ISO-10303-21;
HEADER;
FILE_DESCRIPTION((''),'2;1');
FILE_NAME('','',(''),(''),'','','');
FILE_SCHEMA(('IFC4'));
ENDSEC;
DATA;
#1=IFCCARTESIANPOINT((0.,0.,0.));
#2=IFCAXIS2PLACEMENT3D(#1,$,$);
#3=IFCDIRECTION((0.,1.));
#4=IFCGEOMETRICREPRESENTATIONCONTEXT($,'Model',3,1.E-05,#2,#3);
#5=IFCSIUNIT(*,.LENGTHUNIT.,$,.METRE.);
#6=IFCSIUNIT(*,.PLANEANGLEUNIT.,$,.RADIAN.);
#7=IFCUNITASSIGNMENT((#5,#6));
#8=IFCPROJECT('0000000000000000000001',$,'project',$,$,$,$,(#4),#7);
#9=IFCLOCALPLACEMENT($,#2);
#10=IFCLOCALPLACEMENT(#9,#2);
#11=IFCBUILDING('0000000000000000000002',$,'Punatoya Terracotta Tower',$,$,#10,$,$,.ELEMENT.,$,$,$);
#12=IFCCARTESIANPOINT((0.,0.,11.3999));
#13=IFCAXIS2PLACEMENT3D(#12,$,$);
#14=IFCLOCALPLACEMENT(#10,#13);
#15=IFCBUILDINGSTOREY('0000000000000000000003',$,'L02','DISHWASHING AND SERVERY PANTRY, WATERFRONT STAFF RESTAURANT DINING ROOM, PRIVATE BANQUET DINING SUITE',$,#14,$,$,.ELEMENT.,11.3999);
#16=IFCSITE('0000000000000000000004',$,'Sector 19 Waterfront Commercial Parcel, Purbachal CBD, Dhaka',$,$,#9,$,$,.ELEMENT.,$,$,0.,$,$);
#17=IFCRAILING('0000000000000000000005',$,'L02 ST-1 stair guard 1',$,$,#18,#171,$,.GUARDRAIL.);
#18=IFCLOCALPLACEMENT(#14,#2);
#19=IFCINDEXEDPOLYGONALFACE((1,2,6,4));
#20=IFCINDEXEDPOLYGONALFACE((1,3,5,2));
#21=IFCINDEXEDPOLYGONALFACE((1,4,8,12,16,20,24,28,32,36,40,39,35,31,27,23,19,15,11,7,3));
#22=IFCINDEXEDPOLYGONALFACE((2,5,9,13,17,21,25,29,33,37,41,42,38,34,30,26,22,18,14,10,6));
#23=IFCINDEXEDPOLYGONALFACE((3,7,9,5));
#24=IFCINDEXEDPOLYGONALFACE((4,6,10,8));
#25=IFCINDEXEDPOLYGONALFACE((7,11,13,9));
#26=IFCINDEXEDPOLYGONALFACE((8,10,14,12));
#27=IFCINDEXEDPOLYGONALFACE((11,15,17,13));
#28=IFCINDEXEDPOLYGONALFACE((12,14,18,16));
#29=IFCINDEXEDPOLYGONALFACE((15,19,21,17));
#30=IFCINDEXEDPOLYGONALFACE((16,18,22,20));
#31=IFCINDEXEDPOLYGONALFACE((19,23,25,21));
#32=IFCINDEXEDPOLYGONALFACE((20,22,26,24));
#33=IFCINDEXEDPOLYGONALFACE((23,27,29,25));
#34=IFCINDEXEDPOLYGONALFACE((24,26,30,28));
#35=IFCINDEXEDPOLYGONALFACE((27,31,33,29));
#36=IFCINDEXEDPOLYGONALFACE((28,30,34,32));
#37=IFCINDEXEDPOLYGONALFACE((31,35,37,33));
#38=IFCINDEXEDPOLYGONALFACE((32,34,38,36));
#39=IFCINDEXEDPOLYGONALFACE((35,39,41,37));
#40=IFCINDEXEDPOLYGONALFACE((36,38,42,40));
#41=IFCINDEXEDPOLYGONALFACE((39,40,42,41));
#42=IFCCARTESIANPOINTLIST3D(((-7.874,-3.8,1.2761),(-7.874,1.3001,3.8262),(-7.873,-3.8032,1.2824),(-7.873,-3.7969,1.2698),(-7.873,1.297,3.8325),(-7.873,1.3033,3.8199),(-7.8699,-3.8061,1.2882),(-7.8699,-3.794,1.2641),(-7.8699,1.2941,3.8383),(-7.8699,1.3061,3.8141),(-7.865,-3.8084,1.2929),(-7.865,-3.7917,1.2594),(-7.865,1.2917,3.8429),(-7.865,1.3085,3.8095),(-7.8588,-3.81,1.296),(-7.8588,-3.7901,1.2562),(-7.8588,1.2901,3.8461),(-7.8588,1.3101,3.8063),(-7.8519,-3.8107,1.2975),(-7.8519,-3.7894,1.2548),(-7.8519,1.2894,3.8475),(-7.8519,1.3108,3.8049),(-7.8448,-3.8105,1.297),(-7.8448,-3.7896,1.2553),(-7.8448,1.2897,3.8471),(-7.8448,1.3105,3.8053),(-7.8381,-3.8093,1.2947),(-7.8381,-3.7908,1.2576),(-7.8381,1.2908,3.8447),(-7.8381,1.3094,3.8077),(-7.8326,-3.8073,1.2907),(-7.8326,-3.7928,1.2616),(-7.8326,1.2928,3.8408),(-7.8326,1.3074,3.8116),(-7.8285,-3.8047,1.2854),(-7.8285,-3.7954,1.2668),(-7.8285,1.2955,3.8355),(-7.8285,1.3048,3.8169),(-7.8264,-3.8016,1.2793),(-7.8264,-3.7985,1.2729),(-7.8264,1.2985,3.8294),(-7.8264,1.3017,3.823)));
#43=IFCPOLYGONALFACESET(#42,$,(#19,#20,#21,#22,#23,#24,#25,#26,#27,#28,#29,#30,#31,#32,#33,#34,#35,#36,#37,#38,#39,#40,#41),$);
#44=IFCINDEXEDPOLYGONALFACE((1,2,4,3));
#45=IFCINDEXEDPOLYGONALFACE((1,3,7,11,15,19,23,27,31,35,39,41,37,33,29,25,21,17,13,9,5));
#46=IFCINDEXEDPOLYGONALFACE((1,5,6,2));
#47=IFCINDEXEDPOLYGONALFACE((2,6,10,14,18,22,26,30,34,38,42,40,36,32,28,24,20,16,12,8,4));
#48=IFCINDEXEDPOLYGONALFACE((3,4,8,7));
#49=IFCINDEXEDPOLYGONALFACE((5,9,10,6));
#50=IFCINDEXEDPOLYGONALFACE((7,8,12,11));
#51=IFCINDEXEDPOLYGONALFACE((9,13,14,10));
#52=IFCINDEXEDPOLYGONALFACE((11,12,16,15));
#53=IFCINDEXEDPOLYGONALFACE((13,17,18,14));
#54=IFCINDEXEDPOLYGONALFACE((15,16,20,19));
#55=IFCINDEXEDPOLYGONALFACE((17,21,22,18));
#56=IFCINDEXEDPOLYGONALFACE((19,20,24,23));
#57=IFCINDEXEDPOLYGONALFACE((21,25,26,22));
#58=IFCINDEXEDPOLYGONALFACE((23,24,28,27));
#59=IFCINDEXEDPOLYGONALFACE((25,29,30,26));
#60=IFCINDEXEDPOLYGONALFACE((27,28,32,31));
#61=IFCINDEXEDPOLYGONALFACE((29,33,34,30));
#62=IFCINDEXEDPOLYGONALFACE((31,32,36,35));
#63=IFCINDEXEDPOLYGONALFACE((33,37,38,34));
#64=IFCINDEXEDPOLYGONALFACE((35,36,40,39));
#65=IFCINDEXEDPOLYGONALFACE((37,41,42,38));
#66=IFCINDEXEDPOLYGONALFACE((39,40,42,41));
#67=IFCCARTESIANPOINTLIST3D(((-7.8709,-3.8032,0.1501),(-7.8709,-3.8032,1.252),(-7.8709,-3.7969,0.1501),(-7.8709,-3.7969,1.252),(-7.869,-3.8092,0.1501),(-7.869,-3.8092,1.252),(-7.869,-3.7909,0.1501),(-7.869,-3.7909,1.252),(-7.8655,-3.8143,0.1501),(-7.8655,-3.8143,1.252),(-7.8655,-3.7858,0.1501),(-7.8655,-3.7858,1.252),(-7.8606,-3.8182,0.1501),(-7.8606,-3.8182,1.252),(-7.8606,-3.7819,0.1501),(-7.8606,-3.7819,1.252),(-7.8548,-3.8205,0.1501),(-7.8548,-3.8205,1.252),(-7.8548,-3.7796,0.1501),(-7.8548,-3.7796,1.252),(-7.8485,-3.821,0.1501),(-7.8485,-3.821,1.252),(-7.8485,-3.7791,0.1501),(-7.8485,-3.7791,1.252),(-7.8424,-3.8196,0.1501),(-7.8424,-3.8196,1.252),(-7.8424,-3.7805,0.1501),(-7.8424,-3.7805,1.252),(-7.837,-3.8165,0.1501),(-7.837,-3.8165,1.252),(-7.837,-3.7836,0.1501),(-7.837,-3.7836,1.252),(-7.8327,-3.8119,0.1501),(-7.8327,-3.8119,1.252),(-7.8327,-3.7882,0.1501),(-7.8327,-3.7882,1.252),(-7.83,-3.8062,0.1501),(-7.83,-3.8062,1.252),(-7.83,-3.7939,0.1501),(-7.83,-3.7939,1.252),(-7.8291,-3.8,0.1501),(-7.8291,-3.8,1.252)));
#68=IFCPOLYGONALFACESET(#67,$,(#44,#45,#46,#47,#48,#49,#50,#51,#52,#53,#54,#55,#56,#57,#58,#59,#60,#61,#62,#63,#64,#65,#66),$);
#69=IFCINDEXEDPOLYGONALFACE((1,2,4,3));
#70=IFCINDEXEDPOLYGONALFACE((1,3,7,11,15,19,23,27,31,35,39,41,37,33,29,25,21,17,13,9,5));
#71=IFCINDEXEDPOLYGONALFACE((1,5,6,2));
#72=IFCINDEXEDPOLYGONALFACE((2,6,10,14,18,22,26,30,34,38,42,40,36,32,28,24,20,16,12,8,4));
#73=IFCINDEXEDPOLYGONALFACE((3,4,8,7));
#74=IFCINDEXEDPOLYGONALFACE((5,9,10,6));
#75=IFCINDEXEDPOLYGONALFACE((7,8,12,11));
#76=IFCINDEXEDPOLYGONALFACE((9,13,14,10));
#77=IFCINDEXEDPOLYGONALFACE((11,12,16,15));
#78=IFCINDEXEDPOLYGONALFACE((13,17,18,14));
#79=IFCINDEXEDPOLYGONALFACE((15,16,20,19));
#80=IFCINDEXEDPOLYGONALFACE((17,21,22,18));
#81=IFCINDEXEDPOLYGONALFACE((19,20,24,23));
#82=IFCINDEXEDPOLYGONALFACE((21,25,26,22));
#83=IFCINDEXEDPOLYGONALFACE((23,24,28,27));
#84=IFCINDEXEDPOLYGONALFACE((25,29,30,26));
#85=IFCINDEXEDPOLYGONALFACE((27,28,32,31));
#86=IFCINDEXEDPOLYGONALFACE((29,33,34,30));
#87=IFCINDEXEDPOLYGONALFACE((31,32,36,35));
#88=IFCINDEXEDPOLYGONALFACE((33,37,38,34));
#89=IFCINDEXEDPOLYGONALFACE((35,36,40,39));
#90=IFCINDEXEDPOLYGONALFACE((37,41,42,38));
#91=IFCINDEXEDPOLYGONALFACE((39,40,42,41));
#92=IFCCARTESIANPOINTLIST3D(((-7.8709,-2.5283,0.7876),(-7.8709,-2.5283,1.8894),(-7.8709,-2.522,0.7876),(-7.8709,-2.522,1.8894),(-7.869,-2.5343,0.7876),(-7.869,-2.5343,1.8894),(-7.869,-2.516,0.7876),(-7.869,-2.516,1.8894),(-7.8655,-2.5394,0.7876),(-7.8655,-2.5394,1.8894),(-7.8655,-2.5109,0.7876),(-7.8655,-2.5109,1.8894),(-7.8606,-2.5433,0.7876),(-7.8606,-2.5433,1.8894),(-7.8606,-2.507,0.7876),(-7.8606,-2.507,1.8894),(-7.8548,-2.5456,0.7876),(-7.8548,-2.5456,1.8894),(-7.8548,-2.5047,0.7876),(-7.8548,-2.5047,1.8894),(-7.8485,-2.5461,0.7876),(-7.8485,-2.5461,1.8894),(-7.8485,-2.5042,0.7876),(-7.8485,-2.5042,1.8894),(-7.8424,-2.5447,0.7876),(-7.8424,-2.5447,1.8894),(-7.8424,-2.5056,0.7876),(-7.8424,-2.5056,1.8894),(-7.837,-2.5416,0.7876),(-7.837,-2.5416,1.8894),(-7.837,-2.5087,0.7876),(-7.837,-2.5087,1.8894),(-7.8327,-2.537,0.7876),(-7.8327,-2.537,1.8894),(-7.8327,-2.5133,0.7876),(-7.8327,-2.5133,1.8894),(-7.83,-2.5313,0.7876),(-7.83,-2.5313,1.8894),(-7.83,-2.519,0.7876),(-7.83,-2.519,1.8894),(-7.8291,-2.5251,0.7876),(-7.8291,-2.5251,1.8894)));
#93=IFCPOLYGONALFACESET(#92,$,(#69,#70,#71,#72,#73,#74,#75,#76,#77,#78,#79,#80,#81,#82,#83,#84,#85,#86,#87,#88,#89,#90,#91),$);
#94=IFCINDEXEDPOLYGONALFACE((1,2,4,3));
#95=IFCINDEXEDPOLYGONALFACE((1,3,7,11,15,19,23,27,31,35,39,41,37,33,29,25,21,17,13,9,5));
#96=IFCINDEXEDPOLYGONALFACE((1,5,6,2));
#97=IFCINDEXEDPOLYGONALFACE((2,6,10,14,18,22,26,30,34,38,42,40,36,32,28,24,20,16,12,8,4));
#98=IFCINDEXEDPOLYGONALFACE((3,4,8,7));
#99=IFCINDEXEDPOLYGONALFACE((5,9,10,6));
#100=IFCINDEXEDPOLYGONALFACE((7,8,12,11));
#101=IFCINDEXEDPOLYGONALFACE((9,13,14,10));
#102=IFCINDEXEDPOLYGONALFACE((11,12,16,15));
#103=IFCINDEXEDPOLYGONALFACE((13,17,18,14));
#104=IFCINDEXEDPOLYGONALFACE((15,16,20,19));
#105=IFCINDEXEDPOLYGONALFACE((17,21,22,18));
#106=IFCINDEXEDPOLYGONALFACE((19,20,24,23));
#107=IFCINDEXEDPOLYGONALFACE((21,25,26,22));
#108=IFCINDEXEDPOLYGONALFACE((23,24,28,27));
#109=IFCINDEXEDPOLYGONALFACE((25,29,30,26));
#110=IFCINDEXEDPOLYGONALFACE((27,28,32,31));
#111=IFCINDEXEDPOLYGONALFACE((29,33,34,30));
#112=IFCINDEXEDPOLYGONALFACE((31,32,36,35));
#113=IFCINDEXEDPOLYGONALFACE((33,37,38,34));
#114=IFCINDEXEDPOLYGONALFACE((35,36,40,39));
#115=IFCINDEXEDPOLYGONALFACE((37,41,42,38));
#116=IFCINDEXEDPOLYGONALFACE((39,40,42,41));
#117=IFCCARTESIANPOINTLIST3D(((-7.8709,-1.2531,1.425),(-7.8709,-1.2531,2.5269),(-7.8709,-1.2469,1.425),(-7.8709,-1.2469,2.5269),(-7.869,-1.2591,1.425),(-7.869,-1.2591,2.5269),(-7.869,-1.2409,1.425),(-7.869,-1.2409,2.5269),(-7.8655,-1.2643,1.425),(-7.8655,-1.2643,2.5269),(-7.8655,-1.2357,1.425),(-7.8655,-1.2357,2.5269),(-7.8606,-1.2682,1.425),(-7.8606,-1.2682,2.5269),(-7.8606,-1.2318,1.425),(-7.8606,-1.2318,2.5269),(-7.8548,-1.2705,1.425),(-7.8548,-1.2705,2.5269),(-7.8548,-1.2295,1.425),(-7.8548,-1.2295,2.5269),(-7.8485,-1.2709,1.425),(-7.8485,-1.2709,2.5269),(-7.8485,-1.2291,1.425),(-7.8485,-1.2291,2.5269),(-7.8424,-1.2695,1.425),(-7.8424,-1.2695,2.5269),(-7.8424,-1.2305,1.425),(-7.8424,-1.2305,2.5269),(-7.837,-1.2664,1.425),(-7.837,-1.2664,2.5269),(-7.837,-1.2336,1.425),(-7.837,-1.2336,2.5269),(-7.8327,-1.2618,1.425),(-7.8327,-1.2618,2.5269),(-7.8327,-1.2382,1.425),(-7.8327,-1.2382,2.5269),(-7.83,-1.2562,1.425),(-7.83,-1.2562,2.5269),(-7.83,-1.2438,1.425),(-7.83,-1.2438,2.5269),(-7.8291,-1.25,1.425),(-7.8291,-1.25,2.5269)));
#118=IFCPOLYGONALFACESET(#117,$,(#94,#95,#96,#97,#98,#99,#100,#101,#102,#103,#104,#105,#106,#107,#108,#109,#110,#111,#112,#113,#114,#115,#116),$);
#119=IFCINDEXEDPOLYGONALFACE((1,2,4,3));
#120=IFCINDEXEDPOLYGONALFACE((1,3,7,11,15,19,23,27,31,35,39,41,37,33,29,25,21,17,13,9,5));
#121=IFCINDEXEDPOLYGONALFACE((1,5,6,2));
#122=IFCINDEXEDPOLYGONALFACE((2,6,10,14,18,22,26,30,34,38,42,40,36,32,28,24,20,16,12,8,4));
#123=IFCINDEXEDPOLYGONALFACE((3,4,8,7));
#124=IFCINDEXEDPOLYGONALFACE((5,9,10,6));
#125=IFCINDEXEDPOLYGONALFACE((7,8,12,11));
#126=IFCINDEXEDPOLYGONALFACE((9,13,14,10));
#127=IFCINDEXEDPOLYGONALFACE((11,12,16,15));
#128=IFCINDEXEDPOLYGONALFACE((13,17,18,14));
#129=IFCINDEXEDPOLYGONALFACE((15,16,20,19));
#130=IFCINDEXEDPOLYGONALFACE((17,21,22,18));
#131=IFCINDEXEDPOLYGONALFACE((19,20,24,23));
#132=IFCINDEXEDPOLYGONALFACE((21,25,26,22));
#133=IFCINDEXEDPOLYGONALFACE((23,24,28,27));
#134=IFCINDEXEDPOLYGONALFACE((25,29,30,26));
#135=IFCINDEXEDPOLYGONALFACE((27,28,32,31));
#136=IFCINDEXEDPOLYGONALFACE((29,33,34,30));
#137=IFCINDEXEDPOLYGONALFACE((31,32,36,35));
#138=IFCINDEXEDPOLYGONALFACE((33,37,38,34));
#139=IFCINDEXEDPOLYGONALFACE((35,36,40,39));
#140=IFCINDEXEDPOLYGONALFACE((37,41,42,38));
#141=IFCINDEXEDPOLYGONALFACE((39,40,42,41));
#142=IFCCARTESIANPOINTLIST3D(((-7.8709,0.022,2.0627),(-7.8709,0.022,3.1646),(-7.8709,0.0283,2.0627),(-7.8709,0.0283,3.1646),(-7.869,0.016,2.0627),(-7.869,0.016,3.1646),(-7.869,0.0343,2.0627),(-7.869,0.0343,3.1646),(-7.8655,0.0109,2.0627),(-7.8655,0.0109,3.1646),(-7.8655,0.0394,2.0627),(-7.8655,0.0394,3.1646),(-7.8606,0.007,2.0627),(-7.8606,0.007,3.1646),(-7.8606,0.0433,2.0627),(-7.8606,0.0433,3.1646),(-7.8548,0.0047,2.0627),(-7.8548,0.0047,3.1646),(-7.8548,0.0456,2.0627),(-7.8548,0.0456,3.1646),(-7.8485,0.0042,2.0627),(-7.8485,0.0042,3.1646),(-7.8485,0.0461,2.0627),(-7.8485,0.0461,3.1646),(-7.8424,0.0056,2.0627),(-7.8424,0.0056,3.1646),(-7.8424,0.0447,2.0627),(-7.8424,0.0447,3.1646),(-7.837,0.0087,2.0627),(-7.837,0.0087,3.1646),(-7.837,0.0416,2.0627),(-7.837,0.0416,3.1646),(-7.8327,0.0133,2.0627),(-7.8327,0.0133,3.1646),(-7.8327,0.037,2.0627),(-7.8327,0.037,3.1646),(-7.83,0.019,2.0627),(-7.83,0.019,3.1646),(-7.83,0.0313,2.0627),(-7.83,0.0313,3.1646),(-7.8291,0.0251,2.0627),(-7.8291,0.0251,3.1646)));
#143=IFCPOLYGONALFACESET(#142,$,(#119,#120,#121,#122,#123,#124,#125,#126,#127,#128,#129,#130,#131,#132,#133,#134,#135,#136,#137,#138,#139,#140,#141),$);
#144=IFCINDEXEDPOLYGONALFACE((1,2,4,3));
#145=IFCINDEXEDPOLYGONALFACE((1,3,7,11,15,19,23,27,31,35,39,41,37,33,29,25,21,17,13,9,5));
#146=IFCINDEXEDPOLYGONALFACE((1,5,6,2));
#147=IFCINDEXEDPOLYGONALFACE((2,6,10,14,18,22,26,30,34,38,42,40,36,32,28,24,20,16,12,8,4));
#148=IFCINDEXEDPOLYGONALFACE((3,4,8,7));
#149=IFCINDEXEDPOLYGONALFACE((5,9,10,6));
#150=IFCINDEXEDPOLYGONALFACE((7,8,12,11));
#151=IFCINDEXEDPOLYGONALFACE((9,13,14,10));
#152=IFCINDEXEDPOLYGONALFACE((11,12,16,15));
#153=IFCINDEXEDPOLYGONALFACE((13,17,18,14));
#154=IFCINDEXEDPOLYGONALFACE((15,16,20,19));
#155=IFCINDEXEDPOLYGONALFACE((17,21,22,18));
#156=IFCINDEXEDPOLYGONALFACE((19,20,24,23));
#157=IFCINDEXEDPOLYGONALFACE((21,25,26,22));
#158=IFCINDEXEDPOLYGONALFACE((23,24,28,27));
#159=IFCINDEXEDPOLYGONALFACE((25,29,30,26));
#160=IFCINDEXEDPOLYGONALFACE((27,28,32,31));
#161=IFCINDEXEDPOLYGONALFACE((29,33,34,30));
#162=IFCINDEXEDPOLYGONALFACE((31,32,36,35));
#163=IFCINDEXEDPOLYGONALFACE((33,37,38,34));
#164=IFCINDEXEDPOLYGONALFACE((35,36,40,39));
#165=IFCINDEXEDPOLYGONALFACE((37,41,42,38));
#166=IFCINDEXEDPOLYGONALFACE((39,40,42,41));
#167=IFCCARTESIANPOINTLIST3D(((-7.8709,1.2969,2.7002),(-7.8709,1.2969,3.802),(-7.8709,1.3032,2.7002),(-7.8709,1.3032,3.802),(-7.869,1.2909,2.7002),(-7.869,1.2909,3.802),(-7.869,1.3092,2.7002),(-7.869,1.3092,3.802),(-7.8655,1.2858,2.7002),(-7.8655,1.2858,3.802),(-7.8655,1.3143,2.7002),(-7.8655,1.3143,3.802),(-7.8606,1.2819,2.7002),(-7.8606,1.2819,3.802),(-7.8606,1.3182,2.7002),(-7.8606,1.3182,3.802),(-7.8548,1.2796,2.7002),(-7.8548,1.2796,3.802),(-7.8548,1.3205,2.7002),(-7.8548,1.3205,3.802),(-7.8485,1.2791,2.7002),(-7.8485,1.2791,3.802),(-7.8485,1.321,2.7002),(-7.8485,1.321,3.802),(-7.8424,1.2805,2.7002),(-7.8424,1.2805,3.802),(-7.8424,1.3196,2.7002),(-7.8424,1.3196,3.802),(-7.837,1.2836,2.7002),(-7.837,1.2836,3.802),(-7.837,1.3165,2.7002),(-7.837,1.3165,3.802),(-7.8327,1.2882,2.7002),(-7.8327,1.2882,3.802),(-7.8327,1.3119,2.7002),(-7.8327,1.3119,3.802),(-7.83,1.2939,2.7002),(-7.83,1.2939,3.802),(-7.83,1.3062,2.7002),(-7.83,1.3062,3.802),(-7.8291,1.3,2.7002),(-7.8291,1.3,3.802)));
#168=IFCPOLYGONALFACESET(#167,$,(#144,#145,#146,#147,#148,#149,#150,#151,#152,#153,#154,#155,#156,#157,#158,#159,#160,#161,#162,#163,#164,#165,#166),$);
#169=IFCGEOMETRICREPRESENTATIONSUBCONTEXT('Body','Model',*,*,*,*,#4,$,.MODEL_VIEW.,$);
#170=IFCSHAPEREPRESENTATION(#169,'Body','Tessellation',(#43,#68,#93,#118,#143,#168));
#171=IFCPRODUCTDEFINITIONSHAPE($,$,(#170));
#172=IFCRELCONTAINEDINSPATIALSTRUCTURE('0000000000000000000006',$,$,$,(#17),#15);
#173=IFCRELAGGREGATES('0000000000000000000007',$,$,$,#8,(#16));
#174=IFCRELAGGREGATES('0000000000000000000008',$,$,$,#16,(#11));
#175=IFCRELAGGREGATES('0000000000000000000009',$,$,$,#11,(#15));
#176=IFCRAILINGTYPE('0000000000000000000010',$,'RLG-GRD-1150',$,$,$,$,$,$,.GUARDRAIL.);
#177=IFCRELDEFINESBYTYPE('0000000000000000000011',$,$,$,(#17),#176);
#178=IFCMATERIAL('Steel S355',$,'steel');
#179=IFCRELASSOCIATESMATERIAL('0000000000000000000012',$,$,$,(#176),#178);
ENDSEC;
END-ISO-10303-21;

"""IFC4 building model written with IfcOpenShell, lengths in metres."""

from ifc_helpers import new_model, si_unit, direction, frame, origin, origin_2d, place, context, subcontext, project, spatial, circle, extrude, material, type_object, element, save


model = new_model("IFC4")

# Units and contexts
model_context = context("Model", 3, precision=1e-05, world=origin(), true_north=direction((0.0, 1.0)))
body_context = subcontext(model_context, "Body", "Model", "MODEL_VIEW")
ifc_project = project(units=[si_unit("LENGTHUNIT", "METRE"), si_unit("PLANEANGLEUNIT", "RADIAN")], contexts=[model_context])

# Site, building, storey
site_placement = place(None, origin())
site = spatial("IfcSite", under=ifc_project, at=site_placement, Name="Sector 19 Waterfront Commercial Parcel, Purbachal CBD, Dhaka", CompositionType="ELEMENT", RefElevation=0.0)
building_placement = place(site_placement, origin())
building = spatial("IfcBuilding", under=site, at=building_placement, Name="Punatoya Terracotta Tower", CompositionType="ELEMENT")
storey_placement = place(building_placement, frame((0.0, 0.0, 11.3999)))
storey = spatial("IfcBuildingStorey", under=building, at=storey_placement, Name="L02", Description="DISHWASHING AND SERVERY PANTRY, WATERFRONT STAFF RESTAURANT DINING ROOM, PRIVATE BANQUET DINING SUITE", CompositionType="ELEMENT", Elevation=11.3999)

# Shared definitions
ifc_material_1 = material(Name="Steel S355", Category="steel")

# Railing
railing_type_1 = type_object("IfcRailingType", Name="RLG-GRD-1150", PredefinedType="GUARDRAIL", material=ifc_material_1)
railing_1_placement = place(storey_placement, frame((-7.8501, -3.8, 0.1501)))
element("IfcRailing", 1, at=railing_1_placement, inside=storey, type_object=railing_type_1, Name="L02 ST-1 stair guard 1", PredefinedType="GUARDRAIL", context=body_context, shape_type="SweptSolid", body=[
    extrude(circle(Radius=0.0239, at=origin_2d()), frame((0.0, 0.0, 1.126), z_axis=(0.0, 0.894427, 0.447214), x_axis=(-1.0, 0.0, 0.0)), (0.0, 0.0, 1.0), 5.7021),
    extrude(circle(Radius=0.021, at=origin_2d()), origin(), (0.0, 0.0, 1.0), 1.1018),
    extrude(circle(Radius=0.021, at=origin_2d()), frame((0.0, 1.2749, 0.6375)), (0.0, 0.0, 1.0), 1.1018),
    extrude(circle(Radius=0.021, at=origin_2d()), frame((0.0, 2.55, 1.2749)), (0.0, 0.0, 1.0), 1.1018),
    extrude(circle(Radius=0.021, at=origin_2d()), frame((0.0, 3.8252, 1.9126)), (0.0, 0.0, 1.0), 1.1018),
    extrude(circle(Radius=0.021, at=origin_2d()), frame((0.0, 5.1001, 2.55)), (0.0, 0.0, 1.0), 1.1018),
])

save(model, "model.ifc")
